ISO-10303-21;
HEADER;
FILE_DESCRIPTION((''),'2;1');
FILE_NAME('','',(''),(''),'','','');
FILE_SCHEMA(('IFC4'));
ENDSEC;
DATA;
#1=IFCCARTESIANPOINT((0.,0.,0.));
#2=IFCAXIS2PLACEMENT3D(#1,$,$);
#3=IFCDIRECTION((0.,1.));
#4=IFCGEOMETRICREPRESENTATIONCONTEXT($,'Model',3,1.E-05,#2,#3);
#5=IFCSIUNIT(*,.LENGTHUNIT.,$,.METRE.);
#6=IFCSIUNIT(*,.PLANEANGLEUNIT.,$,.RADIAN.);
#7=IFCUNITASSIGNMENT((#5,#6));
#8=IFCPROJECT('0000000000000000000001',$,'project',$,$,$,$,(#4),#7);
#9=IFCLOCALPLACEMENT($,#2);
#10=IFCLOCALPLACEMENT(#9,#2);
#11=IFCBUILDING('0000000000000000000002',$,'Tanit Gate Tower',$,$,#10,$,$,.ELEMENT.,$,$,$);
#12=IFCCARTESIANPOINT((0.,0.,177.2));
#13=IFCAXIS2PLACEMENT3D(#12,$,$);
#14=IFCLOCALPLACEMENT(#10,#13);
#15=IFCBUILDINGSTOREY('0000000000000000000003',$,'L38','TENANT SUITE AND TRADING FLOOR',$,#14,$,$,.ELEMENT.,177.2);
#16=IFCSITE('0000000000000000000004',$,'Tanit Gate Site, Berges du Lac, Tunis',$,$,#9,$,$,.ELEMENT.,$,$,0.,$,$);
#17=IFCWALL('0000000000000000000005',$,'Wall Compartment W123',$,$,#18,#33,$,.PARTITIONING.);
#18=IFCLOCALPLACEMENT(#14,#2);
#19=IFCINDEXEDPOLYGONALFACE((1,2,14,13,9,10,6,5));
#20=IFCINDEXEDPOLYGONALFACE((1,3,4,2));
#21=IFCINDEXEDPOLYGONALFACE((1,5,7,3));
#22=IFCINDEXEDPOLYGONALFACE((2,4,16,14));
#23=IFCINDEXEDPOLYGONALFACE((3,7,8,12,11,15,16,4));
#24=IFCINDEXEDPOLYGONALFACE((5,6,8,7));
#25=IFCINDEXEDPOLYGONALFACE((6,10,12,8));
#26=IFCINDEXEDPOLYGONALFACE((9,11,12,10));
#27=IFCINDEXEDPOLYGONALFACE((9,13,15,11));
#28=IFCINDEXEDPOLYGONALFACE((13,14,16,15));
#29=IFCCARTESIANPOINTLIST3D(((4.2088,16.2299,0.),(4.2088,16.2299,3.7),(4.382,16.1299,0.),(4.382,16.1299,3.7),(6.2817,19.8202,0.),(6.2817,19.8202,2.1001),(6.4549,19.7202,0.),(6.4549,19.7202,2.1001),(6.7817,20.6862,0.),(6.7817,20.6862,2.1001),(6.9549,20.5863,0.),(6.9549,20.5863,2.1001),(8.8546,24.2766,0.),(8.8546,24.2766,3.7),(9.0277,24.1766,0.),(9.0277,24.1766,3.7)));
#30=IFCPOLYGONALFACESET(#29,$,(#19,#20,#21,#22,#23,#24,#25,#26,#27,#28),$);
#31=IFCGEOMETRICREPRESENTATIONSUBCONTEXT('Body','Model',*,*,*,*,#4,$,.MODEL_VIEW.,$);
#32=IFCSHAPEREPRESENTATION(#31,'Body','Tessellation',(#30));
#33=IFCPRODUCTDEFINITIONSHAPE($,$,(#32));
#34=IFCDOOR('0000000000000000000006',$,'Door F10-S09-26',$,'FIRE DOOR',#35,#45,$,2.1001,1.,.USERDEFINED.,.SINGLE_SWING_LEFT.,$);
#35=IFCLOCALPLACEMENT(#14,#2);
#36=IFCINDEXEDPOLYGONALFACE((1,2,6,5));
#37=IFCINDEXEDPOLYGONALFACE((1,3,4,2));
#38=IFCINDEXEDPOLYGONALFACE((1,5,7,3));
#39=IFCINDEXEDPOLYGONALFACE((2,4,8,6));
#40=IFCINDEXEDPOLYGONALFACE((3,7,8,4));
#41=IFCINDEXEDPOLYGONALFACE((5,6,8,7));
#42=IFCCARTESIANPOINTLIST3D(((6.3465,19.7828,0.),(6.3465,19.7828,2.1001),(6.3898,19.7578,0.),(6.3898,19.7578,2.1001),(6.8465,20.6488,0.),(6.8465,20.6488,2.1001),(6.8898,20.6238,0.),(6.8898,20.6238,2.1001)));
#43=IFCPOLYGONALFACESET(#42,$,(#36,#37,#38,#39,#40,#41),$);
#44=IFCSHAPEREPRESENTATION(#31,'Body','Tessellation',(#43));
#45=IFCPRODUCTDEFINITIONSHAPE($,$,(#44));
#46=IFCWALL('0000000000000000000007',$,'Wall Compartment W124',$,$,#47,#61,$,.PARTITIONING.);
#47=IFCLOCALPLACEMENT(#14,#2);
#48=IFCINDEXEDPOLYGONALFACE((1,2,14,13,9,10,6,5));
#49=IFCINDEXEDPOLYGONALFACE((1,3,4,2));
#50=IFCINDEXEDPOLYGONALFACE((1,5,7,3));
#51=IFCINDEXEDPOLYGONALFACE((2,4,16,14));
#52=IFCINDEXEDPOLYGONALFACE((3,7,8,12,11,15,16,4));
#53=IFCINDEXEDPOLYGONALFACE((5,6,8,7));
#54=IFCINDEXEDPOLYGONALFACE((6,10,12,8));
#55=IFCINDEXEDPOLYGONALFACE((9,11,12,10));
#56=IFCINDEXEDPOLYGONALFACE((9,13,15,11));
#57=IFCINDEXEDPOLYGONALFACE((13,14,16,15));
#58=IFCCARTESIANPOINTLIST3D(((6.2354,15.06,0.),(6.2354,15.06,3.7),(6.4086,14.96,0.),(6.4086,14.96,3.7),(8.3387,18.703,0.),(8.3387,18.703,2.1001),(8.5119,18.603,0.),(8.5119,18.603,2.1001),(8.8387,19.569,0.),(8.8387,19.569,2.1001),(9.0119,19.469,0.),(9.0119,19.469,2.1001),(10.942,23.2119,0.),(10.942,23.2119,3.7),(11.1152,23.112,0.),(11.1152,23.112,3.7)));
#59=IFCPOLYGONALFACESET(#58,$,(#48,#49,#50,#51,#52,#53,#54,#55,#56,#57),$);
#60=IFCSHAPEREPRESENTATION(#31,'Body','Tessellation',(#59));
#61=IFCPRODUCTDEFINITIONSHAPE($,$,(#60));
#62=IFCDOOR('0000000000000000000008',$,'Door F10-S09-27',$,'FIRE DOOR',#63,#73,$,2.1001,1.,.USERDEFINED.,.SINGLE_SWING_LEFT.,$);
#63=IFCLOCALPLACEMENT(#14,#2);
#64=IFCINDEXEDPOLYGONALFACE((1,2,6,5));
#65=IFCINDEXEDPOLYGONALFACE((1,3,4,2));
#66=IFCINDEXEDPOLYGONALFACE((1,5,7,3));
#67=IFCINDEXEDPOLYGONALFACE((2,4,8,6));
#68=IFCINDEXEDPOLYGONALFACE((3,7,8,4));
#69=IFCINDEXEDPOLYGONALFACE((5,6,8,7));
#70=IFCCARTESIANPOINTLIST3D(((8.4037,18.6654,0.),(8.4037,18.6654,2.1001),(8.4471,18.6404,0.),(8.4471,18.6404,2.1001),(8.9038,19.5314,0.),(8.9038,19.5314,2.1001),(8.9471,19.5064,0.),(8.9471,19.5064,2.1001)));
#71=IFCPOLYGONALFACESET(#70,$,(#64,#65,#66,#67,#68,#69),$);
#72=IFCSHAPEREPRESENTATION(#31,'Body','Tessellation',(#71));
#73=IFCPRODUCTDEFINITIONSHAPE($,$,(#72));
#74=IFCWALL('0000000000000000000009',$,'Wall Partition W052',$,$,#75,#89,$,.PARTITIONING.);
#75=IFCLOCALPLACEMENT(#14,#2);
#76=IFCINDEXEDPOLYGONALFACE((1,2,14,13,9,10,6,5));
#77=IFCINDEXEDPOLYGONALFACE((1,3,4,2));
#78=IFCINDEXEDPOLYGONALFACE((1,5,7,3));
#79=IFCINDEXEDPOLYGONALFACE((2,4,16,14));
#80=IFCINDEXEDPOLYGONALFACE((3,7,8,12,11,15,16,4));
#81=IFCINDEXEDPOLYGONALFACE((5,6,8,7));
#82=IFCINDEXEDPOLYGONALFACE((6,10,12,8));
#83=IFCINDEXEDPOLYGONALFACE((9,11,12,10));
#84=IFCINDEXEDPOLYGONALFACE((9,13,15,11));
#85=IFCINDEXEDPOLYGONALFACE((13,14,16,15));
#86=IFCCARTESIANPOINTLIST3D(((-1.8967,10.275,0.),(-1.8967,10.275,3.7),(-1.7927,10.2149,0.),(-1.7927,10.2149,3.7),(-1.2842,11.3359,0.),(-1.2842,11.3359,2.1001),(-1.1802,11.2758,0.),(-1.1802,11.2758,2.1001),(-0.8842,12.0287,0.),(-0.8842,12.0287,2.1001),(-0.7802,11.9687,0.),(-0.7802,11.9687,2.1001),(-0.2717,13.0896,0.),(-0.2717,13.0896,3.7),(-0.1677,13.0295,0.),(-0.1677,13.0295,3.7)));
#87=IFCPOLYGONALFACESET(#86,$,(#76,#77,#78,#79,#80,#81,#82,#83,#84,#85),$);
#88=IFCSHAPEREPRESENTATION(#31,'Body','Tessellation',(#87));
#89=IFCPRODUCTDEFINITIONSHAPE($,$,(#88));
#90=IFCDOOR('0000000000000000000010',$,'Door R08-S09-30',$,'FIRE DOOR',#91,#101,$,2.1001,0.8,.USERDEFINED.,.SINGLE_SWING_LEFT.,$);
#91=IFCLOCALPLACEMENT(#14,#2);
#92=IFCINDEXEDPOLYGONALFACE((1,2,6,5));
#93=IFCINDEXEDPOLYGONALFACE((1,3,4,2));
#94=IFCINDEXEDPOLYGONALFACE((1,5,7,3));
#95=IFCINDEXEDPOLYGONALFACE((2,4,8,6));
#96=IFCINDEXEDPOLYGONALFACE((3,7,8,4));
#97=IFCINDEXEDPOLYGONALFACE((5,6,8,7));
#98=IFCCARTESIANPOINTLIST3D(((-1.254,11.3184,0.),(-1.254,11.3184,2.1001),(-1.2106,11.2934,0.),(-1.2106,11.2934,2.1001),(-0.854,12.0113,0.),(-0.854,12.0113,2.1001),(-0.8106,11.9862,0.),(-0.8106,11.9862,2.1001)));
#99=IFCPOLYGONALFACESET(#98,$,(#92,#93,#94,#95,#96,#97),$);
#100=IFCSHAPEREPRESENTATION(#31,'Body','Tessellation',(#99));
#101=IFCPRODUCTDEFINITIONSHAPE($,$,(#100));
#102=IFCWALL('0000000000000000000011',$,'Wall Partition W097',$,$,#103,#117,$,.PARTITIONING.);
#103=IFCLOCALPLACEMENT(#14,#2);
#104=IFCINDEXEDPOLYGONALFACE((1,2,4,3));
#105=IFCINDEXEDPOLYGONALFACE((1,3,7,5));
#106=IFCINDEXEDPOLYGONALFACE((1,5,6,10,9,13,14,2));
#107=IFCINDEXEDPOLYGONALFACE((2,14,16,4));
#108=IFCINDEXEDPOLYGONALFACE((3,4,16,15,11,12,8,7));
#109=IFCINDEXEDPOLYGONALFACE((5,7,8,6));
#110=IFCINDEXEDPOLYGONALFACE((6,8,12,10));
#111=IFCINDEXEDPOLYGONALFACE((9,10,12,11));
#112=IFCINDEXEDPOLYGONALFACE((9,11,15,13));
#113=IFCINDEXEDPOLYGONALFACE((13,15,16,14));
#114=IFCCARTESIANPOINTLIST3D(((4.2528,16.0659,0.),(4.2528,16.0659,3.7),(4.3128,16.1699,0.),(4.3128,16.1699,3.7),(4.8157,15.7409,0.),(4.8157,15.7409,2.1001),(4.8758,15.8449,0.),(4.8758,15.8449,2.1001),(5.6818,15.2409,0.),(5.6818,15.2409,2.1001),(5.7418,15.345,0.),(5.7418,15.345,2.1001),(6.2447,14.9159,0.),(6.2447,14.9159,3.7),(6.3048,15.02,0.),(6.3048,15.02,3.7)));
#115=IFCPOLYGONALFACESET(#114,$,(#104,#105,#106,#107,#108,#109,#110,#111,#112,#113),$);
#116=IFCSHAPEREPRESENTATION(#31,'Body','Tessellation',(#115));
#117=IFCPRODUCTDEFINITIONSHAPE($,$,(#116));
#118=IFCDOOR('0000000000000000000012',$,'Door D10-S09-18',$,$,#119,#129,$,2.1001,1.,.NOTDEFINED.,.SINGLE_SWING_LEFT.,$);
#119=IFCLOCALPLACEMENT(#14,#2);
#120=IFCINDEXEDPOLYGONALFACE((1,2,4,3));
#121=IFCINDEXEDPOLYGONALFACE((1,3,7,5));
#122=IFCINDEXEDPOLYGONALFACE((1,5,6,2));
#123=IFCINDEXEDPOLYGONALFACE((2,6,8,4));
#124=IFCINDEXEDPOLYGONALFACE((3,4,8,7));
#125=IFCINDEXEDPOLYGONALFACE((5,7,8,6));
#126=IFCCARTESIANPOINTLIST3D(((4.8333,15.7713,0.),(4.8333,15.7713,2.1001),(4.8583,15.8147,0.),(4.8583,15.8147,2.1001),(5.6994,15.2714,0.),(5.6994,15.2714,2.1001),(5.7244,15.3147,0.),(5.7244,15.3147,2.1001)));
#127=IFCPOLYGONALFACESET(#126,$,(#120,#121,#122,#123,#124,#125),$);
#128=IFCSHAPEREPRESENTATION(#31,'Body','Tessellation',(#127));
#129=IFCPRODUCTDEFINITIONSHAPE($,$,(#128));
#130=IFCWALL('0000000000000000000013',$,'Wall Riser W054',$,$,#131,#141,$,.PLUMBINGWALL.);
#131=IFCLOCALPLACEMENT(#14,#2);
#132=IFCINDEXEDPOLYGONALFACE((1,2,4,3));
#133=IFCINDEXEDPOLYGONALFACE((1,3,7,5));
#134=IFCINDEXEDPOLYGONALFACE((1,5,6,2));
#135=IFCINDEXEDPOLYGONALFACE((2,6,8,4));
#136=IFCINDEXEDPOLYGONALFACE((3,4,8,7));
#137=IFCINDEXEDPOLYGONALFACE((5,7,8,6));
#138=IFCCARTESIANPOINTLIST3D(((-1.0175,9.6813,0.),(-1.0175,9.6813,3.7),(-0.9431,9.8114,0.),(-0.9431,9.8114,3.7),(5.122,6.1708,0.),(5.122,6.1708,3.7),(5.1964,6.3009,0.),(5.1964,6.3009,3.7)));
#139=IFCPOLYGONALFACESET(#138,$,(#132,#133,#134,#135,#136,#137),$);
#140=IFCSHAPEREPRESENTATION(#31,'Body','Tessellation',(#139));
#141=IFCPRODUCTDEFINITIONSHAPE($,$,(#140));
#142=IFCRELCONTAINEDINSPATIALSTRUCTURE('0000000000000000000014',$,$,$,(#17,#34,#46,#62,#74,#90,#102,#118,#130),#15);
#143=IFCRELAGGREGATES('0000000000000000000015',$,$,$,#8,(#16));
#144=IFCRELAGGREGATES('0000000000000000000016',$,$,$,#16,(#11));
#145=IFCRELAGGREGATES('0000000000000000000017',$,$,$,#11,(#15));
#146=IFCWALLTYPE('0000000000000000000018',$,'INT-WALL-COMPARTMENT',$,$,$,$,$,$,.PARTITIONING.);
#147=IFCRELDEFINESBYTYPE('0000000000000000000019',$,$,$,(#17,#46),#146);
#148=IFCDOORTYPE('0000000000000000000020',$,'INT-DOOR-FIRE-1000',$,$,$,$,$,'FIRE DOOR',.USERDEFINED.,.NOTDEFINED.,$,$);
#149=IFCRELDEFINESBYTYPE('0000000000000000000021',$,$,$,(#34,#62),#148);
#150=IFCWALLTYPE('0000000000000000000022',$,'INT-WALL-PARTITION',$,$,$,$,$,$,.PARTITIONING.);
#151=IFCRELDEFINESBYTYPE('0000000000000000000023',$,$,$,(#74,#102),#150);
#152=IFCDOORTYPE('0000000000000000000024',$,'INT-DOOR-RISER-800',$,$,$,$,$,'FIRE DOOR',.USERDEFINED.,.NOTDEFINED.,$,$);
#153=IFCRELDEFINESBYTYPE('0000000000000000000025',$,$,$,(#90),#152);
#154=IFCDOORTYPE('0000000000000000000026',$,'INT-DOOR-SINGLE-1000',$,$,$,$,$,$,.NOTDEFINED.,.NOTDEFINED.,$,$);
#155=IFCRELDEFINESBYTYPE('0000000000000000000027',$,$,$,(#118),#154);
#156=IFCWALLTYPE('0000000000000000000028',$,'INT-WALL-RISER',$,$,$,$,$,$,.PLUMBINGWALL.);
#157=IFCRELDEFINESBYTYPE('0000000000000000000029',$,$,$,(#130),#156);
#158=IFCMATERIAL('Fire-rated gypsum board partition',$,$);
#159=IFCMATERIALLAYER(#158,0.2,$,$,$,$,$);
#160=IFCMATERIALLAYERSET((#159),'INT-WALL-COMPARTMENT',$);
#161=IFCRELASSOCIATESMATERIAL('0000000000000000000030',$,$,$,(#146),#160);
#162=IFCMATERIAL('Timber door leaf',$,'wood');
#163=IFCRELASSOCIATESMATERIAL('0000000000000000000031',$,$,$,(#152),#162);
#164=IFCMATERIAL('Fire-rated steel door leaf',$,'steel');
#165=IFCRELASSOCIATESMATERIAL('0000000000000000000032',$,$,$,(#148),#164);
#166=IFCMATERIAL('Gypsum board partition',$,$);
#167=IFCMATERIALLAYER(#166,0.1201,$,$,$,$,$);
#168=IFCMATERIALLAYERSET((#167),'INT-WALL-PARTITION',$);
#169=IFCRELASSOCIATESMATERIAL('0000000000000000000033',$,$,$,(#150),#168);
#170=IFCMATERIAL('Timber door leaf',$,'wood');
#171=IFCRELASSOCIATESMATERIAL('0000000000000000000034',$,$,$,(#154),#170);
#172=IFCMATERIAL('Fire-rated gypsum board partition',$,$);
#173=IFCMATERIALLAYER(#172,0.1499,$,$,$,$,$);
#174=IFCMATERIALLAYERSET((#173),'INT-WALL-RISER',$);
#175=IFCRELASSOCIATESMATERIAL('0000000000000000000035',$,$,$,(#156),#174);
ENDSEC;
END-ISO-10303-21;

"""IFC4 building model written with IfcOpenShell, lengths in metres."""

from ifc_helpers import new_model, si_unit, direction, frame, frame_2d, origin, place, context, subcontext, project, spatial, rectangle, extrude, material, layer, layer_set, type_object, element, fill, save


model = new_model("IFC4")

# Units and contexts
model_context = context("Model", 3, precision=1e-05, world=origin(), true_north=direction((0.0, 1.0)))
body_context = subcontext(model_context, "Body", "Model", "MODEL_VIEW")
ifc_project = project(units=[si_unit("LENGTHUNIT", "METRE"), si_unit("PLANEANGLEUNIT", "RADIAN")], contexts=[model_context])

# Site, building, storey
site_placement = place(None, origin())
site = spatial("IfcSite", under=ifc_project, at=site_placement, Name="Tanit Gate Site, Berges du Lac, Tunis", CompositionType="ELEMENT", RefElevation=0.0)
building_placement = place(site_placement, origin())
building = spatial("IfcBuilding", under=site, at=building_placement, Name="Tanit Gate Tower", CompositionType="ELEMENT")
storey_placement = place(building_placement, frame((0.0, 0.0, 177.2)))
storey = spatial("IfcBuildingStorey", under=building, at=storey_placement, Name="L38", Description="TENANT SUITE AND TRADING FLOOR", CompositionType="ELEMENT", Elevation=177.2)

# Shared definitions
ifc_material_1 = material(Name="Fire-rated gypsum board partition")
ifc_layer_1 = layer(ifc_material_1, 0.2)
ifc_layer_set_1 = layer_set([ifc_layer_1], Name="INT-WALL-COMPARTMENT")
wall_type_1 = type_object("IfcWallType", Name="INT-WALL-COMPARTMENT", PredefinedType="PARTITIONING", material=ifc_layer_set_1)

# Shared definitions
ifc_material_2 = material(Name="Timber door leaf", Category="wood")
door_type_1 = type_object("IfcDoorType", Name="INT-DOOR-RISER-800", ElementType="FIRE DOOR", OperationType="NOTDEFINED", PredefinedType="USERDEFINED", material=ifc_material_2)

# Walls, openings, doors
wall_1_placement = place(storey_placement, frame((8.9412, 24.2266, 0.0), z_axis=(0.0, 0.0, 1.0), x_axis=(-0.500002, -0.866024, 0.0)))
wall_1 = element("IfcWall", 1, at=wall_1_placement, inside=storey, type_object=wall_type_1, Name="Wall Compartment W123", PredefinedType="PARTITIONING", context=body_context, shape_type="SweptSolid", body=[
    extrude(rectangle(XDim=9.2915, YDim=0.2, at=frame_2d((4.6458, 0.0))), origin(), (0.0, 0.0, 1.0), 3.7),
])
opening_1_placement = place(wall_1_placement, frame((4.1458, 0.0, 0.0)))
opening_1 = element("IfcOpeningElement", 2, at=opening_1_placement, cuts=wall_1, PredefinedType="OPENING", context=body_context, shape_type="SweptSolid", body=[
    extrude(rectangle(XDim=1.0, YDim=2.1001, at=frame_2d((0.5, 1.05))), frame((0.0, 0.1099, 0.0), z_axis=(0.0, -1.0, 0.0), x_axis=(1.0, 0.0, 0.0)), (0.0, 0.0, 1.0), 0.22),
])
ifc_material_3 = material(Name="Fire-rated steel door leaf", Category="steel")
door_type_2 = type_object("IfcDoorType", Name="INT-DOOR-FIRE-1000", ElementType="FIRE DOOR", OperationType="NOTDEFINED", PredefinedType="USERDEFINED", material=ifc_material_3)
door_1_placement = place(opening_1_placement, origin())
door_1 = element("IfcDoor", 3, at=door_1_placement, inside=storey, type_object=door_type_2, Name="Door F10-S09-26", ObjectType="FIRE DOOR", OperationType="SINGLE_SWING_LEFT", OverallHeight=2.1001, OverallWidth=1.0, PredefinedType="USERDEFINED", context=body_context, shape_type="SweptSolid", body=[
    extrude(rectangle(XDim=1.0, YDim=2.1001, at=frame_2d((0.5, 1.05))), frame((0.0, 0.0249, 0.0), z_axis=(0.0, -1.0, 0.0), x_axis=(1.0, 0.0, 0.0)), (0.0, 0.0, 1.0), 0.05),
])
fill(opening_1, door_1)
wall_2_placement = place(storey_placement, frame((6.322, 15.01, 0.0), z_axis=(0.0, 0.0, 1.0), x_axis=(0.500005, 0.866022, 0.0)))
wall_2 = element("IfcWall", 4, at=wall_2_placement, inside=storey, type_object=wall_type_1, Name="Wall Compartment W124", PredefinedType="PARTITIONING", context=body_context, shape_type="SweptSolid", body=[
    extrude(rectangle(XDim=9.4131, YDim=0.2, at=frame_2d((4.7065, 0.0))), origin(), (0.0, 0.0, 1.0), 3.7),
])
opening_2_placement = place(wall_2_placement, frame((4.2065, 0.0, 0.0)))
opening_2 = element("IfcOpeningElement", 5, at=opening_2_placement, cuts=wall_2, PredefinedType="OPENING", context=body_context, shape_type="SweptSolid", body=[
    extrude(rectangle(XDim=1.0, YDim=2.1001, at=frame_2d((0.5, 1.05))), frame((0.0, 0.1099, 0.0), z_axis=(0.0, -1.0, 0.0), x_axis=(1.0, 0.0, 0.0)), (0.0, 0.0, 1.0), 0.22),
])
door_2_placement = place(opening_2_placement, origin())
door_2 = element("IfcDoor", 6, at=door_2_placement, inside=storey, type_object=door_type_2, Name="Door F10-S09-27", ObjectType="FIRE DOOR", OperationType="SINGLE_SWING_LEFT", OverallHeight=2.1001, OverallWidth=1.0, PredefinedType="USERDEFINED", context=body_context, shape_type="SweptSolid", body=[
    extrude(rectangle(XDim=1.0, YDim=2.1001, at=frame_2d((0.5, 1.05))), frame((0.0, 0.0249, 0.0), z_axis=(0.0, -1.0, 0.0), x_axis=(1.0, 0.0, 0.0)), (0.0, 0.0, 1.0), 0.05),
])
fill(opening_2, door_2)
ifc_material_4 = material(Name="Gypsum board partition")
ifc_layer_2 = layer(ifc_material_4, 0.1201)
ifc_layer_set_2 = layer_set([ifc_layer_2], Name="INT-WALL-PARTITION")
wall_type_2 = type_object("IfcWallType", Name="INT-WALL-PARTITION", PredefinedType="PARTITIONING", material=ifc_layer_set_2)
wall_3_placement = place(storey_placement, frame((-0.2197, 13.0596, 0.0), z_axis=(0.0, 0.0, 1.0), x_axis=(-0.499985, -0.866034, 0.0)))
wall_3 = element("IfcWall", 7, at=wall_3_placement, inside=storey, type_object=wall_type_2, Name="Wall Partition W052", PredefinedType="PARTITIONING", context=body_context, shape_type="SweptSolid", body=[
    extrude(rectangle(XDim=3.25, YDim=0.1201, at=frame_2d((1.625, 0.0))), origin(), (0.0, 0.0, 1.0), 3.7),
])
opening_3_placement = place(wall_3_placement, frame((1.2251, 0.0, 0.0)))
opening_3 = element("IfcOpeningElement", 8, at=opening_3_placement, cuts=wall_3, PredefinedType="OPENING", context=body_context, shape_type="SweptSolid", body=[
    extrude(rectangle(XDim=0.8, YDim=2.1001, at=frame_2d((0.3999, 1.05))), frame((0.0, 0.0701, 0.0), z_axis=(0.0, -1.0, 0.0), x_axis=(1.0, 0.0, 0.0)), (0.0, 0.0, 1.0), 0.1401),
])
door_3_placement = place(opening_3_placement, origin())
door_3 = element("IfcDoor", 9, at=door_3_placement, inside=storey, type_object=door_type_1, Name="Door R08-S09-30", ObjectType="FIRE DOOR", OperationType="SINGLE_SWING_LEFT", OverallHeight=2.1001, OverallWidth=0.8, PredefinedType="USERDEFINED", context=body_context, shape_type="SweptSolid", body=[
    extrude(rectangle(XDim=0.8, YDim=2.1001, at=frame_2d((0.3999, 1.05))), frame((0.0, 0.0249, 0.0), z_axis=(0.0, -1.0, 0.0), x_axis=(1.0, 0.0, 0.0)), (0.0, 0.0, 1.0), 0.05),
])
fill(opening_3, door_3)
wall_4_placement = place(storey_placement, frame((6.2747, 14.968, 0.0), z_axis=(0.0, 0.0, 1.0), x_axis=(-0.866053, 0.499952, 0.0)))
wall_4 = element("IfcWall", 10, at=wall_4_placement, inside=storey, type_object=wall_type_2, Name="Wall Partition W097", PredefinedType="PARTITIONING", context=body_context, shape_type="SweptSolid", body=[
    extrude(rectangle(XDim=2.3, YDim=0.1201, at=frame_2d((1.1499, 0.0))), origin(), (0.0, 0.0, 1.0), 3.7),
])
opening_4_placement = place(wall_4_placement, frame((0.6499, 0.0, 0.0)))
opening_4 = element("IfcOpeningElement", 11, at=opening_4_placement, cuts=wall_4, PredefinedType="OPENING", context=body_context, shape_type="SweptSolid", body=[
    extrude(rectangle(XDim=1.0, YDim=2.1001, at=frame_2d((0.5, 1.05))), frame((0.0, 0.0701, 0.0), z_axis=(0.0, -1.0, 0.0), x_axis=(1.0, 0.0, 0.0)), (0.0, 0.0, 1.0), 0.1401),
])
ifc_material_5 = material(Name="Timber door leaf", Category="wood")
door_type_3 = type_object("IfcDoorType", Name="INT-DOOR-SINGLE-1000", OperationType="NOTDEFINED", PredefinedType="NOTDEFINED", material=ifc_material_5)
door_4_placement = place(opening_4_placement, origin())
door_4 = element("IfcDoor", 12, at=door_4_placement, inside=storey, type_object=door_type_3, Name="Door D10-S09-18", OperationType="SINGLE_SWING_LEFT", OverallHeight=2.1001, OverallWidth=1.0, PredefinedType="NOTDEFINED", context=body_context, shape_type="SweptSolid", body=[
    extrude(rectangle(XDim=1.0, YDim=2.1001, at=frame_2d((0.5, 1.05))), frame((0.0, 0.0249, 0.0), z_axis=(0.0, -1.0, 0.0), x_axis=(1.0, 0.0, 0.0)), (0.0, 0.0, 1.0), 0.05),
])
fill(opening_4, door_4)

# Wall
ifc_material_6 = material(Name="Fire-rated gypsum board partition")
ifc_layer_3 = layer(ifc_material_6, 0.1499)
ifc_layer_set_3 = layer_set([ifc_layer_3], Name="INT-WALL-RISER")
wall_type_3 = type_object("IfcWallType", Name="INT-WALL-RISER", PredefinedType="PLUMBINGWALL", material=ifc_layer_set_3)
wall_5_placement = place(storey_placement, frame((5.1592, 6.2358, 0.0), z_axis=(0.0, 0.0, 1.0), x_axis=(-0.868105, 0.496381, 0.0)))
element("IfcWall", 13, at=wall_5_placement, inside=storey, type_object=wall_type_3, Name="Wall Riser W054", PredefinedType="PLUMBINGWALL", context=body_context, shape_type="SweptSolid", body=[
    extrude(rectangle(XDim=7.0723, YDim=0.1499, at=frame_2d((3.5361, 0.0))), origin(), (0.0, 0.0, 1.0), 3.7),
])

save(model, "model.ifc")
